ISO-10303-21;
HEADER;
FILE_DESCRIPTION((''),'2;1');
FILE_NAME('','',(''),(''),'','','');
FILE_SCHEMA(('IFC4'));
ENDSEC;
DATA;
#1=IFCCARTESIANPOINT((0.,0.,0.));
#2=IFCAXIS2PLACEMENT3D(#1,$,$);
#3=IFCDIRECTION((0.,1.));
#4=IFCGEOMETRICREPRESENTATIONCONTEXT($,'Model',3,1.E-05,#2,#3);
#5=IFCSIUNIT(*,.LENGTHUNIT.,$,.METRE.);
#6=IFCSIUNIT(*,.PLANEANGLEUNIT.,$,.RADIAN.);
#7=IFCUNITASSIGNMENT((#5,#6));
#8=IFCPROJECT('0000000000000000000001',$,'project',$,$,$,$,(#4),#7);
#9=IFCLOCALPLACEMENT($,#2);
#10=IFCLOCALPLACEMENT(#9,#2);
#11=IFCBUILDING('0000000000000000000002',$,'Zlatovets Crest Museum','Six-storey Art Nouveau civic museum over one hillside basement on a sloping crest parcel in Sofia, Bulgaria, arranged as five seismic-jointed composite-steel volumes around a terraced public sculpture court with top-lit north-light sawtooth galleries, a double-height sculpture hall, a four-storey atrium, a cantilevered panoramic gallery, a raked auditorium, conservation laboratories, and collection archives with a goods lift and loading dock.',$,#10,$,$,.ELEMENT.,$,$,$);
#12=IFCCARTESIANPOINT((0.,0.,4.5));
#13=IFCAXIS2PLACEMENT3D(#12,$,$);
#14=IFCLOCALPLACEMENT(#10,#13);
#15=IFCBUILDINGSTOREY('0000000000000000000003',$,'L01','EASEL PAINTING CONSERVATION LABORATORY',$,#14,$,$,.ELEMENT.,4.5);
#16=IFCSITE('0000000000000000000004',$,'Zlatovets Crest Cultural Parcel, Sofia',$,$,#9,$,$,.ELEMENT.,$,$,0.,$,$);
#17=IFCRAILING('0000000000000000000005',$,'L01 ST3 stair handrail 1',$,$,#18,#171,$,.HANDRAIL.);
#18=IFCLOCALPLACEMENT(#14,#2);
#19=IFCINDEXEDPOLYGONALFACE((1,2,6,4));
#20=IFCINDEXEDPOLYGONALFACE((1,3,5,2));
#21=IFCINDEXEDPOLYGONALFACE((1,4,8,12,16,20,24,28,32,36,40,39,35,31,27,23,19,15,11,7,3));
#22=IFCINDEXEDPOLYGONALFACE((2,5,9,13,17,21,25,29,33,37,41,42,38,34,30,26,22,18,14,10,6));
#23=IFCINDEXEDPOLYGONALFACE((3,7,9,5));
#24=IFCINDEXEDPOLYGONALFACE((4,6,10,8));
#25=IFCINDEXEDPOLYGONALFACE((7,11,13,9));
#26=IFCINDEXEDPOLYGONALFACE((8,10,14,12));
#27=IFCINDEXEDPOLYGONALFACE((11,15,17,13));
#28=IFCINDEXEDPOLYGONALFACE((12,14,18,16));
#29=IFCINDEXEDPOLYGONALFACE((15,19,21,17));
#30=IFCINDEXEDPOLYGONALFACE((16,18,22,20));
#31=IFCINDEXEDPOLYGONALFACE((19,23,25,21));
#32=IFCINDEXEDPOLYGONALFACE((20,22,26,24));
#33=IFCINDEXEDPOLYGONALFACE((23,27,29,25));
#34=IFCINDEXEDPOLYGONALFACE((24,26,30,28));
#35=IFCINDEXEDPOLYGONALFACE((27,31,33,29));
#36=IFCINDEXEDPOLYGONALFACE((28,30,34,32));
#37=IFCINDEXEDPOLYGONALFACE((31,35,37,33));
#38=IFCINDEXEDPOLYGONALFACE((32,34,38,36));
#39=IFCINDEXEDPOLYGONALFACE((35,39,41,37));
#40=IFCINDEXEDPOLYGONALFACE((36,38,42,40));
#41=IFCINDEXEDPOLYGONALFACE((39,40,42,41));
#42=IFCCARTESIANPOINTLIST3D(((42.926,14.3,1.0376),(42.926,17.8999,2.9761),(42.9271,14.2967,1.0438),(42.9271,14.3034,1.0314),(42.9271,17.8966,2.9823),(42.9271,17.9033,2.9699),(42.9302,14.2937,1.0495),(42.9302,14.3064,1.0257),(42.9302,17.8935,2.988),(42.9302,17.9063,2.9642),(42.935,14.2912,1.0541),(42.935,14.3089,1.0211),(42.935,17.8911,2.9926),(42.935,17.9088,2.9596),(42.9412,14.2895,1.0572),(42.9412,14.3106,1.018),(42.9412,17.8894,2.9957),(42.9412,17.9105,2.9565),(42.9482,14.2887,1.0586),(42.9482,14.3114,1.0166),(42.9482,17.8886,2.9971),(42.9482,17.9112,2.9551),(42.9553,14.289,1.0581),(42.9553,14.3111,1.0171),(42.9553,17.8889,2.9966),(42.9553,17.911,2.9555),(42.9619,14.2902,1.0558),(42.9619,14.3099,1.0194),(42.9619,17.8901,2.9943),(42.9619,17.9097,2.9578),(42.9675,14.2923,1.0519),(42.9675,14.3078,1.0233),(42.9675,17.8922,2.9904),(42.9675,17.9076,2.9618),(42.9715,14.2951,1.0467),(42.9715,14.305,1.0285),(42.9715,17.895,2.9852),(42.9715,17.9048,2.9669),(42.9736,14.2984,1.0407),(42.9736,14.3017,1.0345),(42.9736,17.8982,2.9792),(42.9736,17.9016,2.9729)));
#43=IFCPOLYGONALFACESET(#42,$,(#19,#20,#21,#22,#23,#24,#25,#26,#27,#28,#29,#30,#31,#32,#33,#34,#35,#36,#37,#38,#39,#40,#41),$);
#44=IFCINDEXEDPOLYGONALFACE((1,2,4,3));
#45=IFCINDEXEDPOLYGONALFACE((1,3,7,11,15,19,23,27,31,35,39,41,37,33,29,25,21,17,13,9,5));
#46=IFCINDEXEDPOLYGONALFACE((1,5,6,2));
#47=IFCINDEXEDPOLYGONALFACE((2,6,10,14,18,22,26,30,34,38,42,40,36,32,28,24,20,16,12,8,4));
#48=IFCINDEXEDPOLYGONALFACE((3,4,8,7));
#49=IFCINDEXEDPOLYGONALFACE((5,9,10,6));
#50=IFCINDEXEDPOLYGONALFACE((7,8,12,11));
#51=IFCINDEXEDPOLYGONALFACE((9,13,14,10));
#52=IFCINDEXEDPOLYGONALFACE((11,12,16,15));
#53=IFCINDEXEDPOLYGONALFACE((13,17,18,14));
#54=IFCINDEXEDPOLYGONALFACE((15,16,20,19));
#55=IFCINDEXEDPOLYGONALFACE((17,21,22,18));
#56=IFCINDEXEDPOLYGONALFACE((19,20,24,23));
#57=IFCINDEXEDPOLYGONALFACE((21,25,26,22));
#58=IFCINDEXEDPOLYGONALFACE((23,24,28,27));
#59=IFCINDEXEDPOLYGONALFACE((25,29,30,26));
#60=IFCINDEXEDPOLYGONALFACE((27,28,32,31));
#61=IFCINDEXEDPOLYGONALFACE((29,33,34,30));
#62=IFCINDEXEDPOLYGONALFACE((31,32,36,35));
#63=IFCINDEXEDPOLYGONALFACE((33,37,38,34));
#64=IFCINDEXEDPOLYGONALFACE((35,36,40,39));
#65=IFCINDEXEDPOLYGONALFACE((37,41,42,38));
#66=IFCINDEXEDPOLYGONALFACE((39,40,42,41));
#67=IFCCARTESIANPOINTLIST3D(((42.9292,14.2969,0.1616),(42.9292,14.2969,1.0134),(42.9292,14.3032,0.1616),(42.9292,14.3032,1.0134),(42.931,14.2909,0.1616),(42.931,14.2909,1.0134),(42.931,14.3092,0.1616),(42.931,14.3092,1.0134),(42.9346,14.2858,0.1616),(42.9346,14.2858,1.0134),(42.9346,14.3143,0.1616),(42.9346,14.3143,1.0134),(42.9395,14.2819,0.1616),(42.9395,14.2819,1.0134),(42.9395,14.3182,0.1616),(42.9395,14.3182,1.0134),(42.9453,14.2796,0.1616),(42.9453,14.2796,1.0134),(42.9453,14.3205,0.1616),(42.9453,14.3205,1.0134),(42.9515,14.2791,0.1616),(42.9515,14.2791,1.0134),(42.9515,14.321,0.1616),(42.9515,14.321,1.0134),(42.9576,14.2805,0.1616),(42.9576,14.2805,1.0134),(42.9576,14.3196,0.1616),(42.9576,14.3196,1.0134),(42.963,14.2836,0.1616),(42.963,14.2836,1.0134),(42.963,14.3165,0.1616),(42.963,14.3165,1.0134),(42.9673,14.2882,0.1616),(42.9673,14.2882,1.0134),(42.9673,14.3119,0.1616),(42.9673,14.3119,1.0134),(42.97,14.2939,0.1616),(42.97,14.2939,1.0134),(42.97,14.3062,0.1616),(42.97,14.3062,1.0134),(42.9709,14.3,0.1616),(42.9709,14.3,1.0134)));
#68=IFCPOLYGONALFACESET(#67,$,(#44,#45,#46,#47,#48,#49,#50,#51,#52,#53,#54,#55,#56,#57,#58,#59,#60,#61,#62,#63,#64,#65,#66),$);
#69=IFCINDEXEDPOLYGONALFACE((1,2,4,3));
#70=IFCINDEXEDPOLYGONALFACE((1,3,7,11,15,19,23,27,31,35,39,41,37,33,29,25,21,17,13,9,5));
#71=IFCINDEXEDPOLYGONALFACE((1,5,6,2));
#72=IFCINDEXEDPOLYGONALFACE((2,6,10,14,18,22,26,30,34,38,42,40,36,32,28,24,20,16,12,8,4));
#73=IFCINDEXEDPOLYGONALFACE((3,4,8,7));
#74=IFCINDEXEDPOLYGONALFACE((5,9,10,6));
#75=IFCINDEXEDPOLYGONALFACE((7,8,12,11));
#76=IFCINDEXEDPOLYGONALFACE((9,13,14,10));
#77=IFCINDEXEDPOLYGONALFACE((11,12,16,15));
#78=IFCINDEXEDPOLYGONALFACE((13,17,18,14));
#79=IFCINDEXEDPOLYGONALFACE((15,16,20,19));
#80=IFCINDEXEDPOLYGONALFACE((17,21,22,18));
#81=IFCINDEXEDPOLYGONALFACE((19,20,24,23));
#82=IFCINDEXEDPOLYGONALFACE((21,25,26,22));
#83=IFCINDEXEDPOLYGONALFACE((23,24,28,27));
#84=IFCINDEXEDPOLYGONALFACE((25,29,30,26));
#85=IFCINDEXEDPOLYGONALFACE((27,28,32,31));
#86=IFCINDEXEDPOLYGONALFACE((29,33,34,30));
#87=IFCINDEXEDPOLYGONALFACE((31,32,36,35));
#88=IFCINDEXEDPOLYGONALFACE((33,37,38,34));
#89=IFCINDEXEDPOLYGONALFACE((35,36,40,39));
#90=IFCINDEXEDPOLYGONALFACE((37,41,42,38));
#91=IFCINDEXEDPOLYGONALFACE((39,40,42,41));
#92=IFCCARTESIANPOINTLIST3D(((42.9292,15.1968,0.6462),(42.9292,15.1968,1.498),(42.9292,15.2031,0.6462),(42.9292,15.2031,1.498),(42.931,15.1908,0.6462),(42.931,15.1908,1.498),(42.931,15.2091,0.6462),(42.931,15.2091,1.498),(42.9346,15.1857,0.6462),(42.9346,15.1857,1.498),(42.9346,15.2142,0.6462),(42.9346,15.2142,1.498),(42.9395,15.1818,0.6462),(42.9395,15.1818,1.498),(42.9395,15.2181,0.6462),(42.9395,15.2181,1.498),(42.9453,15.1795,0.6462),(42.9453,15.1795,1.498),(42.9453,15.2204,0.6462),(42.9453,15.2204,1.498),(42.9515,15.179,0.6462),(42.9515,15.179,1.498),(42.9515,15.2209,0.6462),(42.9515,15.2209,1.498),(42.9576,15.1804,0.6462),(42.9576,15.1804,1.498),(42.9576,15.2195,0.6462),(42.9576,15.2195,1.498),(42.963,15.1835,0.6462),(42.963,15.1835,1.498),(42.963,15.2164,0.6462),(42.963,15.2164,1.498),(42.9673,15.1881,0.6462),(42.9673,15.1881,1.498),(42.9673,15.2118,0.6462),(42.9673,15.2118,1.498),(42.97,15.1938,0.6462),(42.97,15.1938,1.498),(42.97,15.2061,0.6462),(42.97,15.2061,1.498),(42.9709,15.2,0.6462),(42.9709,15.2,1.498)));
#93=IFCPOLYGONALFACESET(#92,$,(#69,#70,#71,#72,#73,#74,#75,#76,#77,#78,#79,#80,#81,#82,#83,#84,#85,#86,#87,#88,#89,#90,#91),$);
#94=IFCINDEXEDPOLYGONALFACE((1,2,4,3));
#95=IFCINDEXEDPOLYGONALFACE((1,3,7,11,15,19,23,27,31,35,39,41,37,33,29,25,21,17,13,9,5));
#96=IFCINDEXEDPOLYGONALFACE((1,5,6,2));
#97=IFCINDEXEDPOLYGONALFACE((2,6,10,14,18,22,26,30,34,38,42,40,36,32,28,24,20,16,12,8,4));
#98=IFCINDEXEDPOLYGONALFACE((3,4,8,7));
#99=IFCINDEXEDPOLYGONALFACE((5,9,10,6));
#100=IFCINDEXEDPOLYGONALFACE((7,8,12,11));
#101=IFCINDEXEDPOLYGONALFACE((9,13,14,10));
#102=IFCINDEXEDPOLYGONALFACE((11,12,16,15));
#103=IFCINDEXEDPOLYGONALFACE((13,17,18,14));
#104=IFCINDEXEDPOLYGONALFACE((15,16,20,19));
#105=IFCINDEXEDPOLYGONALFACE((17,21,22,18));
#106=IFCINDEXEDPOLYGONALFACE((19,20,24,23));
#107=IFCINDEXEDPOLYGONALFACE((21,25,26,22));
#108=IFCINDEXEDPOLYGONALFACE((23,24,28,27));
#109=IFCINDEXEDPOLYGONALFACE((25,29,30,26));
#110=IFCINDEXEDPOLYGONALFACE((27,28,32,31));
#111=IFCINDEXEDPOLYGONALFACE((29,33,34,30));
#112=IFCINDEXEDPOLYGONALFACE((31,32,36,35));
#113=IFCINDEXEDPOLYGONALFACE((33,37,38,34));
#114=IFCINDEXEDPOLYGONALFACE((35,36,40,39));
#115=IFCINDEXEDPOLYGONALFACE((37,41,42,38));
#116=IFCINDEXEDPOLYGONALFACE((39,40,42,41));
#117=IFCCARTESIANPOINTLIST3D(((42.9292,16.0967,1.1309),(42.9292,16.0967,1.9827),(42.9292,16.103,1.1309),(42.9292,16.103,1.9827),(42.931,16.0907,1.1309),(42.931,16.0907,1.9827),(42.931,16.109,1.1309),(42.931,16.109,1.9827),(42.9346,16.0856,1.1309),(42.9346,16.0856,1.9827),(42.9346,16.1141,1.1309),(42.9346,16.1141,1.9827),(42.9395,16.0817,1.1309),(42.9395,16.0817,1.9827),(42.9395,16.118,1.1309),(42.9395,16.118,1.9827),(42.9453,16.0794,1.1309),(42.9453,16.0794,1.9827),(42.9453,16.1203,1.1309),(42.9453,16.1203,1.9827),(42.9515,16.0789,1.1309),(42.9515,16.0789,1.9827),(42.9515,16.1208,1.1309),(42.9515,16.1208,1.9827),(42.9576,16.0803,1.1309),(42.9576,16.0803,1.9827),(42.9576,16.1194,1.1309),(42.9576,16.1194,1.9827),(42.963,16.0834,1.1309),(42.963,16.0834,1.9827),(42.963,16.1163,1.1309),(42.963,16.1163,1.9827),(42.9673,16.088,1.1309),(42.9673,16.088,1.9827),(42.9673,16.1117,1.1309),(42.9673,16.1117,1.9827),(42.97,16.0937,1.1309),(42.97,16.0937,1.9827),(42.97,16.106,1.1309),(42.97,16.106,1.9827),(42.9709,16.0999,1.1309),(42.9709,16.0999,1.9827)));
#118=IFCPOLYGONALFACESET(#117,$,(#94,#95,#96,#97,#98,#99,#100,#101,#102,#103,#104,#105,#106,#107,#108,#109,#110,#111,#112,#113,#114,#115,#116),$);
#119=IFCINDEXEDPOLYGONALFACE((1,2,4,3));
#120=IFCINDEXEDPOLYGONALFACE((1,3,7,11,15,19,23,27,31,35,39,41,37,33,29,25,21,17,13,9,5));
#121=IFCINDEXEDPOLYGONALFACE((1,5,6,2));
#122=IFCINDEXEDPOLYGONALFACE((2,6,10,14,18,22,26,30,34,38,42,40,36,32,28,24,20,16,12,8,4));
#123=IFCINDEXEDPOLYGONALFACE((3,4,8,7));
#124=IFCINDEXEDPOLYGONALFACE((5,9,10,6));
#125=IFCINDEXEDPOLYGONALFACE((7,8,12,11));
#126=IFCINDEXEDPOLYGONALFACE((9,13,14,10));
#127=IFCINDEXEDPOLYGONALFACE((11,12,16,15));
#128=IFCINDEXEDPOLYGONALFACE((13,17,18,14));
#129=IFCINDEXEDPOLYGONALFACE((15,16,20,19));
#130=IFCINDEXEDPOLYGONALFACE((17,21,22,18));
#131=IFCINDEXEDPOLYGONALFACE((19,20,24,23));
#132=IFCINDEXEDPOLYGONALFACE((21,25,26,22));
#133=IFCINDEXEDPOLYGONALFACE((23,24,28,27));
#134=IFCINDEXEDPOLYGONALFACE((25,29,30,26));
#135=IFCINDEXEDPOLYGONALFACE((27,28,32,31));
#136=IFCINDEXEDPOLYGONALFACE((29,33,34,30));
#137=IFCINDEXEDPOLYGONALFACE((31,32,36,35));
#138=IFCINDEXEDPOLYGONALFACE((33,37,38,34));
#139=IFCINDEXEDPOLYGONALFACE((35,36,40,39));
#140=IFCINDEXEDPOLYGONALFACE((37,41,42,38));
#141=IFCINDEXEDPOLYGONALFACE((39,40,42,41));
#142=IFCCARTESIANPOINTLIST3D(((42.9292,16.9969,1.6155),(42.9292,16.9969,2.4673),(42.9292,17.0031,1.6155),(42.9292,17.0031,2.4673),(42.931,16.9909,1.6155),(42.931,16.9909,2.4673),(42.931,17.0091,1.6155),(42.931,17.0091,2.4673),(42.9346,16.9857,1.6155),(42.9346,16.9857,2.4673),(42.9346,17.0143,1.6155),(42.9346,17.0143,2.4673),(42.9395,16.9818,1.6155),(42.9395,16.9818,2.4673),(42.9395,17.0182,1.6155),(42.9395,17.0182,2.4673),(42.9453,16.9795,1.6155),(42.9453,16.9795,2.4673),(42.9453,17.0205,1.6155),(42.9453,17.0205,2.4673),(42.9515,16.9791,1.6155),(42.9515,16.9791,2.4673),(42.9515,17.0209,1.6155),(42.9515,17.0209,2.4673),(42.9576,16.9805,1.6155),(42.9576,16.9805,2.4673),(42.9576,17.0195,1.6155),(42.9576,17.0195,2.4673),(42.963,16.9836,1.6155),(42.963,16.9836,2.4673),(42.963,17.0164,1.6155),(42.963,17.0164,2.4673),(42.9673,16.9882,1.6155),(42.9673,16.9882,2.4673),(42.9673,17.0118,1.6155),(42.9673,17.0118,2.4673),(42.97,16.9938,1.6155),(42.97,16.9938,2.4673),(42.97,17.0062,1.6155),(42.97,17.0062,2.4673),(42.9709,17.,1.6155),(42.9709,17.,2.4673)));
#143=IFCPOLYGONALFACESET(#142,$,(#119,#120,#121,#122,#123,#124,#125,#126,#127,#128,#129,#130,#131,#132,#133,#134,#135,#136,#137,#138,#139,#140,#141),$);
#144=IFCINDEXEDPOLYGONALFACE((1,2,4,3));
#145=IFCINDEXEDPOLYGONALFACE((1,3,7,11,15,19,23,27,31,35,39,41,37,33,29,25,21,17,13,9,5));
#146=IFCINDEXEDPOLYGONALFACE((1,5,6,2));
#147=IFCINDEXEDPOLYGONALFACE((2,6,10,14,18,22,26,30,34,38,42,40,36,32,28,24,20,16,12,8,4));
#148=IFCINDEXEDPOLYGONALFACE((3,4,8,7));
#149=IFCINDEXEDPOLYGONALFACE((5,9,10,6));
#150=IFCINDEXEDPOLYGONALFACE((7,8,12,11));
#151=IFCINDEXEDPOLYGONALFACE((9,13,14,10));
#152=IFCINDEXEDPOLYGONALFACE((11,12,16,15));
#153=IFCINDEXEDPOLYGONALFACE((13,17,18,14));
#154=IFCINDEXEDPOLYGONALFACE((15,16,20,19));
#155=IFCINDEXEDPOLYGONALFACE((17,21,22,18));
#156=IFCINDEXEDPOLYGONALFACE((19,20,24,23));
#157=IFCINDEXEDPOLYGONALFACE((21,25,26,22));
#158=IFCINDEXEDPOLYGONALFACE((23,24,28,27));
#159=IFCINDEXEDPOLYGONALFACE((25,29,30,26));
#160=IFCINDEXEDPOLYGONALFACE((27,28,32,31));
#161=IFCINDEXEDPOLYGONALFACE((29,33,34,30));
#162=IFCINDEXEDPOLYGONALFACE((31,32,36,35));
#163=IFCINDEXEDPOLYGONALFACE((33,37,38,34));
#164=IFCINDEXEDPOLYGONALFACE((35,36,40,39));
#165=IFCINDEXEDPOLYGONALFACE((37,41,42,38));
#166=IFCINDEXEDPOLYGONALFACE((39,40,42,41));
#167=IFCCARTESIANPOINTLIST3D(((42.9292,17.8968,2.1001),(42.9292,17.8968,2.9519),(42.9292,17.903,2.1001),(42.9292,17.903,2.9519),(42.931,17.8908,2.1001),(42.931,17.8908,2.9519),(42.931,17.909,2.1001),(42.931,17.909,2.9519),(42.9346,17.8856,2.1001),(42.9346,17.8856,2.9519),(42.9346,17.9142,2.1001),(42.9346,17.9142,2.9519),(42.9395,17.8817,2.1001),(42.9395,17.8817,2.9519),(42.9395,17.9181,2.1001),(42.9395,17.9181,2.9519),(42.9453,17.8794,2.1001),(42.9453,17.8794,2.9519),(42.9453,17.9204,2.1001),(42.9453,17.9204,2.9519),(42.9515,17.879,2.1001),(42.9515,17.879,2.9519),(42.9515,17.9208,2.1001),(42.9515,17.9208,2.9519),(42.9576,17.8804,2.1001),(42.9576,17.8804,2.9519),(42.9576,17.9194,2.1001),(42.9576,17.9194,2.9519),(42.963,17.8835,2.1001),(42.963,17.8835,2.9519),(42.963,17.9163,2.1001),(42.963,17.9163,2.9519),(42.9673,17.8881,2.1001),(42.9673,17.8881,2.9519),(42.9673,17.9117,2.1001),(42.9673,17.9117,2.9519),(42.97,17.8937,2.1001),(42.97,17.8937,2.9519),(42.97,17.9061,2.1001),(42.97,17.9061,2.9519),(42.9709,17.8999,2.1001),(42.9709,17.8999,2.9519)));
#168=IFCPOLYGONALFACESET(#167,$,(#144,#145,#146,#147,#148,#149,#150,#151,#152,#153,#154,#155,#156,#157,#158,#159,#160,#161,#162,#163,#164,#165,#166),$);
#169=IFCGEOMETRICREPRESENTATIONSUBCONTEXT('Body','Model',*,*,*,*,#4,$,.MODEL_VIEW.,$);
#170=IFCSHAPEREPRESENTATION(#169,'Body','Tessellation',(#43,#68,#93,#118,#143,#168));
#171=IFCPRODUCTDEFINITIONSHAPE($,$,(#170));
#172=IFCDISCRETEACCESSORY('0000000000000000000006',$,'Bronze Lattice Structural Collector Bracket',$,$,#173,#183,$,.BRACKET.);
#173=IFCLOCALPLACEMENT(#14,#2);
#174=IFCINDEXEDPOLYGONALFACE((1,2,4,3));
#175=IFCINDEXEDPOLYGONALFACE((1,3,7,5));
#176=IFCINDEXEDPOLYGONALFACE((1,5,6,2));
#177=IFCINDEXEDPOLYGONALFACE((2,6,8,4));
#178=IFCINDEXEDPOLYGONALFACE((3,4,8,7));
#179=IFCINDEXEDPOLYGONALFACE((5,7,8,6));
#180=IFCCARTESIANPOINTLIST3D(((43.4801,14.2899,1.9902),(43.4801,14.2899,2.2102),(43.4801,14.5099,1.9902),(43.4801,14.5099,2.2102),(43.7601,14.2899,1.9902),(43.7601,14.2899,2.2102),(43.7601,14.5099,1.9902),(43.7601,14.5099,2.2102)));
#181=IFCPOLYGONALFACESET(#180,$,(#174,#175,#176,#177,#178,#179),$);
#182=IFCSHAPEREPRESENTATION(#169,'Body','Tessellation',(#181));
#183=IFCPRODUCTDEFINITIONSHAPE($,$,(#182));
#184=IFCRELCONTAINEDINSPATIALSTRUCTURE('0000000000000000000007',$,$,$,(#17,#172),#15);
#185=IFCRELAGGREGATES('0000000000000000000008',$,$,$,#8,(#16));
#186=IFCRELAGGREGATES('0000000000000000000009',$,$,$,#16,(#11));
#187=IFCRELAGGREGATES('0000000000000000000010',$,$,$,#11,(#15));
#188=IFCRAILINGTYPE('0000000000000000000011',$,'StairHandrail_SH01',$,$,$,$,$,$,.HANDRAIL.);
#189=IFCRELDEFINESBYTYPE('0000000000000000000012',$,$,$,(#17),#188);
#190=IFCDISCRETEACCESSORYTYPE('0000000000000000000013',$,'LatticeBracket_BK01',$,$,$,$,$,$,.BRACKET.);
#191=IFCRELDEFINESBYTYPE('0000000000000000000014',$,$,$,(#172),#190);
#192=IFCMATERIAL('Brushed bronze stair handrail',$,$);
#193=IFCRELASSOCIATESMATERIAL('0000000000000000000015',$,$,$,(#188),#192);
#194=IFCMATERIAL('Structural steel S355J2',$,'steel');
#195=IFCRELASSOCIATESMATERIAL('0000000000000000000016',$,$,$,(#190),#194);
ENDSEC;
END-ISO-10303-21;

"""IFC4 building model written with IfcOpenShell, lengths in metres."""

from ifc_helpers import new_model, si_unit, direction, frame, origin, origin_2d, place, context, subcontext, project, spatial, rectangle, circle, extrude, material, type_object, element, save


model = new_model("IFC4")

# Units and contexts
model_context = context("Model", 3, precision=1e-05, world=origin(), true_north=direction((0.0, 1.0)))
body_context = subcontext(model_context, "Body", "Model", "MODEL_VIEW")
ifc_project = project(units=[si_unit("LENGTHUNIT", "METRE"), si_unit("PLANEANGLEUNIT", "RADIAN")], contexts=[model_context])

# Site, building, storey
site_placement = place(None, origin())
site = spatial("IfcSite", under=ifc_project, at=site_placement, Name="Zlatovets Crest Cultural Parcel, Sofia", CompositionType="ELEMENT", RefElevation=0.0)
building_placement = place(site_placement, origin())
building = spatial("IfcBuilding", under=site, at=building_placement, Name="Zlatovets Crest Museum", Description="Six-storey Art Nouveau civic museum over one hillside basement on a sloping crest parcel in Sofia, Bulgaria, arranged as five seismic-jointed composite-steel volumes around a terraced public sculpture court with top-lit north-light sawtooth galleries, a double-height sculpture hall, a four-storey atrium, a cantilevered panoramic gallery, a raked auditorium, conservation laboratories, and collection archives with a goods lift and loading dock.", CompositionType="ELEMENT")
storey_placement = place(building_placement, frame((0.0, 0.0, 4.5)))
storey = spatial("IfcBuildingStorey", under=building, at=storey_placement, Name="L01", Description="EASEL PAINTING CONSERVATION LABORATORY", CompositionType="ELEMENT", Elevation=4.5)

# Shared definitions
ifc_material_1 = material(Name="Structural steel S355J2", Category="steel")

# Railing
ifc_material_2 = material(Name="Brushed bronze stair handrail")
railing_type_1 = type_object("IfcRailingType", Name="StairHandrail_SH01", PredefinedType="HANDRAIL", material=ifc_material_2)
railing_1_placement = place(storey_placement, frame((42.95, 14.3, 0.1616)))
element("IfcRailing", 1, at=railing_1_placement, inside=storey, type_object=railing_type_1, Name="L01 ST3 stair handrail 1", PredefinedType="HANDRAIL", context=body_context, shape_type="SweptSolid", body=[
    extrude(circle(Radius=0.0239, at=origin_2d()), frame((0.0, 0.0, 0.876), z_axis=(0.0, 0.880462, 0.474118), x_axis=(-1.0, 0.0, 0.0)), (0.0, 0.0, 1.0), 4.0886),
    extrude(circle(Radius=0.021, at=origin_2d()), origin(), (0.0, 0.0, 1.0), 0.8518),
    extrude(circle(Radius=0.021, at=origin_2d()), frame((0.0, 0.8999, 0.4846)), (0.0, 0.0, 1.0), 0.8518),
    extrude(circle(Radius=0.021, at=origin_2d()), frame((0.0, 1.7998, 0.9692)), (0.0, 0.0, 1.0), 0.8518),
    extrude(circle(Radius=0.021, at=origin_2d()), frame((0.0, 2.7, 1.4539)), (0.0, 0.0, 1.0), 0.8518),
    extrude(circle(Radius=0.021, at=origin_2d()), frame((0.0, 3.5999, 1.9385)), (0.0, 0.0, 1.0), 0.8518),
])

# Discrete accessory
discrete_accessory_type = type_object("IfcDiscreteAccessoryType", Name="LatticeBracket_BK01", PredefinedType="BRACKET", material=ifc_material_1)
discrete_accessory_placement = place(storey_placement, frame((43.6201, 14.3999, 1.9902), z_axis=(0.0, 0.0, 1.0), x_axis=(1.0, 0.0, 0.0)))
element("IfcDiscreteAccessory", 2, at=discrete_accessory_placement, inside=storey, type_object=discrete_accessory_type, Name="Bronze Lattice Structural Collector Bracket", PredefinedType="BRACKET", context=body_context, shape_type="SweptSolid", body=[
    extrude(rectangle(XDim=0.28, YDim=0.22, at=origin_2d()), origin(), (0.0, 0.0, 1.0), 0.22),
])

save(model, "model.ifc")
